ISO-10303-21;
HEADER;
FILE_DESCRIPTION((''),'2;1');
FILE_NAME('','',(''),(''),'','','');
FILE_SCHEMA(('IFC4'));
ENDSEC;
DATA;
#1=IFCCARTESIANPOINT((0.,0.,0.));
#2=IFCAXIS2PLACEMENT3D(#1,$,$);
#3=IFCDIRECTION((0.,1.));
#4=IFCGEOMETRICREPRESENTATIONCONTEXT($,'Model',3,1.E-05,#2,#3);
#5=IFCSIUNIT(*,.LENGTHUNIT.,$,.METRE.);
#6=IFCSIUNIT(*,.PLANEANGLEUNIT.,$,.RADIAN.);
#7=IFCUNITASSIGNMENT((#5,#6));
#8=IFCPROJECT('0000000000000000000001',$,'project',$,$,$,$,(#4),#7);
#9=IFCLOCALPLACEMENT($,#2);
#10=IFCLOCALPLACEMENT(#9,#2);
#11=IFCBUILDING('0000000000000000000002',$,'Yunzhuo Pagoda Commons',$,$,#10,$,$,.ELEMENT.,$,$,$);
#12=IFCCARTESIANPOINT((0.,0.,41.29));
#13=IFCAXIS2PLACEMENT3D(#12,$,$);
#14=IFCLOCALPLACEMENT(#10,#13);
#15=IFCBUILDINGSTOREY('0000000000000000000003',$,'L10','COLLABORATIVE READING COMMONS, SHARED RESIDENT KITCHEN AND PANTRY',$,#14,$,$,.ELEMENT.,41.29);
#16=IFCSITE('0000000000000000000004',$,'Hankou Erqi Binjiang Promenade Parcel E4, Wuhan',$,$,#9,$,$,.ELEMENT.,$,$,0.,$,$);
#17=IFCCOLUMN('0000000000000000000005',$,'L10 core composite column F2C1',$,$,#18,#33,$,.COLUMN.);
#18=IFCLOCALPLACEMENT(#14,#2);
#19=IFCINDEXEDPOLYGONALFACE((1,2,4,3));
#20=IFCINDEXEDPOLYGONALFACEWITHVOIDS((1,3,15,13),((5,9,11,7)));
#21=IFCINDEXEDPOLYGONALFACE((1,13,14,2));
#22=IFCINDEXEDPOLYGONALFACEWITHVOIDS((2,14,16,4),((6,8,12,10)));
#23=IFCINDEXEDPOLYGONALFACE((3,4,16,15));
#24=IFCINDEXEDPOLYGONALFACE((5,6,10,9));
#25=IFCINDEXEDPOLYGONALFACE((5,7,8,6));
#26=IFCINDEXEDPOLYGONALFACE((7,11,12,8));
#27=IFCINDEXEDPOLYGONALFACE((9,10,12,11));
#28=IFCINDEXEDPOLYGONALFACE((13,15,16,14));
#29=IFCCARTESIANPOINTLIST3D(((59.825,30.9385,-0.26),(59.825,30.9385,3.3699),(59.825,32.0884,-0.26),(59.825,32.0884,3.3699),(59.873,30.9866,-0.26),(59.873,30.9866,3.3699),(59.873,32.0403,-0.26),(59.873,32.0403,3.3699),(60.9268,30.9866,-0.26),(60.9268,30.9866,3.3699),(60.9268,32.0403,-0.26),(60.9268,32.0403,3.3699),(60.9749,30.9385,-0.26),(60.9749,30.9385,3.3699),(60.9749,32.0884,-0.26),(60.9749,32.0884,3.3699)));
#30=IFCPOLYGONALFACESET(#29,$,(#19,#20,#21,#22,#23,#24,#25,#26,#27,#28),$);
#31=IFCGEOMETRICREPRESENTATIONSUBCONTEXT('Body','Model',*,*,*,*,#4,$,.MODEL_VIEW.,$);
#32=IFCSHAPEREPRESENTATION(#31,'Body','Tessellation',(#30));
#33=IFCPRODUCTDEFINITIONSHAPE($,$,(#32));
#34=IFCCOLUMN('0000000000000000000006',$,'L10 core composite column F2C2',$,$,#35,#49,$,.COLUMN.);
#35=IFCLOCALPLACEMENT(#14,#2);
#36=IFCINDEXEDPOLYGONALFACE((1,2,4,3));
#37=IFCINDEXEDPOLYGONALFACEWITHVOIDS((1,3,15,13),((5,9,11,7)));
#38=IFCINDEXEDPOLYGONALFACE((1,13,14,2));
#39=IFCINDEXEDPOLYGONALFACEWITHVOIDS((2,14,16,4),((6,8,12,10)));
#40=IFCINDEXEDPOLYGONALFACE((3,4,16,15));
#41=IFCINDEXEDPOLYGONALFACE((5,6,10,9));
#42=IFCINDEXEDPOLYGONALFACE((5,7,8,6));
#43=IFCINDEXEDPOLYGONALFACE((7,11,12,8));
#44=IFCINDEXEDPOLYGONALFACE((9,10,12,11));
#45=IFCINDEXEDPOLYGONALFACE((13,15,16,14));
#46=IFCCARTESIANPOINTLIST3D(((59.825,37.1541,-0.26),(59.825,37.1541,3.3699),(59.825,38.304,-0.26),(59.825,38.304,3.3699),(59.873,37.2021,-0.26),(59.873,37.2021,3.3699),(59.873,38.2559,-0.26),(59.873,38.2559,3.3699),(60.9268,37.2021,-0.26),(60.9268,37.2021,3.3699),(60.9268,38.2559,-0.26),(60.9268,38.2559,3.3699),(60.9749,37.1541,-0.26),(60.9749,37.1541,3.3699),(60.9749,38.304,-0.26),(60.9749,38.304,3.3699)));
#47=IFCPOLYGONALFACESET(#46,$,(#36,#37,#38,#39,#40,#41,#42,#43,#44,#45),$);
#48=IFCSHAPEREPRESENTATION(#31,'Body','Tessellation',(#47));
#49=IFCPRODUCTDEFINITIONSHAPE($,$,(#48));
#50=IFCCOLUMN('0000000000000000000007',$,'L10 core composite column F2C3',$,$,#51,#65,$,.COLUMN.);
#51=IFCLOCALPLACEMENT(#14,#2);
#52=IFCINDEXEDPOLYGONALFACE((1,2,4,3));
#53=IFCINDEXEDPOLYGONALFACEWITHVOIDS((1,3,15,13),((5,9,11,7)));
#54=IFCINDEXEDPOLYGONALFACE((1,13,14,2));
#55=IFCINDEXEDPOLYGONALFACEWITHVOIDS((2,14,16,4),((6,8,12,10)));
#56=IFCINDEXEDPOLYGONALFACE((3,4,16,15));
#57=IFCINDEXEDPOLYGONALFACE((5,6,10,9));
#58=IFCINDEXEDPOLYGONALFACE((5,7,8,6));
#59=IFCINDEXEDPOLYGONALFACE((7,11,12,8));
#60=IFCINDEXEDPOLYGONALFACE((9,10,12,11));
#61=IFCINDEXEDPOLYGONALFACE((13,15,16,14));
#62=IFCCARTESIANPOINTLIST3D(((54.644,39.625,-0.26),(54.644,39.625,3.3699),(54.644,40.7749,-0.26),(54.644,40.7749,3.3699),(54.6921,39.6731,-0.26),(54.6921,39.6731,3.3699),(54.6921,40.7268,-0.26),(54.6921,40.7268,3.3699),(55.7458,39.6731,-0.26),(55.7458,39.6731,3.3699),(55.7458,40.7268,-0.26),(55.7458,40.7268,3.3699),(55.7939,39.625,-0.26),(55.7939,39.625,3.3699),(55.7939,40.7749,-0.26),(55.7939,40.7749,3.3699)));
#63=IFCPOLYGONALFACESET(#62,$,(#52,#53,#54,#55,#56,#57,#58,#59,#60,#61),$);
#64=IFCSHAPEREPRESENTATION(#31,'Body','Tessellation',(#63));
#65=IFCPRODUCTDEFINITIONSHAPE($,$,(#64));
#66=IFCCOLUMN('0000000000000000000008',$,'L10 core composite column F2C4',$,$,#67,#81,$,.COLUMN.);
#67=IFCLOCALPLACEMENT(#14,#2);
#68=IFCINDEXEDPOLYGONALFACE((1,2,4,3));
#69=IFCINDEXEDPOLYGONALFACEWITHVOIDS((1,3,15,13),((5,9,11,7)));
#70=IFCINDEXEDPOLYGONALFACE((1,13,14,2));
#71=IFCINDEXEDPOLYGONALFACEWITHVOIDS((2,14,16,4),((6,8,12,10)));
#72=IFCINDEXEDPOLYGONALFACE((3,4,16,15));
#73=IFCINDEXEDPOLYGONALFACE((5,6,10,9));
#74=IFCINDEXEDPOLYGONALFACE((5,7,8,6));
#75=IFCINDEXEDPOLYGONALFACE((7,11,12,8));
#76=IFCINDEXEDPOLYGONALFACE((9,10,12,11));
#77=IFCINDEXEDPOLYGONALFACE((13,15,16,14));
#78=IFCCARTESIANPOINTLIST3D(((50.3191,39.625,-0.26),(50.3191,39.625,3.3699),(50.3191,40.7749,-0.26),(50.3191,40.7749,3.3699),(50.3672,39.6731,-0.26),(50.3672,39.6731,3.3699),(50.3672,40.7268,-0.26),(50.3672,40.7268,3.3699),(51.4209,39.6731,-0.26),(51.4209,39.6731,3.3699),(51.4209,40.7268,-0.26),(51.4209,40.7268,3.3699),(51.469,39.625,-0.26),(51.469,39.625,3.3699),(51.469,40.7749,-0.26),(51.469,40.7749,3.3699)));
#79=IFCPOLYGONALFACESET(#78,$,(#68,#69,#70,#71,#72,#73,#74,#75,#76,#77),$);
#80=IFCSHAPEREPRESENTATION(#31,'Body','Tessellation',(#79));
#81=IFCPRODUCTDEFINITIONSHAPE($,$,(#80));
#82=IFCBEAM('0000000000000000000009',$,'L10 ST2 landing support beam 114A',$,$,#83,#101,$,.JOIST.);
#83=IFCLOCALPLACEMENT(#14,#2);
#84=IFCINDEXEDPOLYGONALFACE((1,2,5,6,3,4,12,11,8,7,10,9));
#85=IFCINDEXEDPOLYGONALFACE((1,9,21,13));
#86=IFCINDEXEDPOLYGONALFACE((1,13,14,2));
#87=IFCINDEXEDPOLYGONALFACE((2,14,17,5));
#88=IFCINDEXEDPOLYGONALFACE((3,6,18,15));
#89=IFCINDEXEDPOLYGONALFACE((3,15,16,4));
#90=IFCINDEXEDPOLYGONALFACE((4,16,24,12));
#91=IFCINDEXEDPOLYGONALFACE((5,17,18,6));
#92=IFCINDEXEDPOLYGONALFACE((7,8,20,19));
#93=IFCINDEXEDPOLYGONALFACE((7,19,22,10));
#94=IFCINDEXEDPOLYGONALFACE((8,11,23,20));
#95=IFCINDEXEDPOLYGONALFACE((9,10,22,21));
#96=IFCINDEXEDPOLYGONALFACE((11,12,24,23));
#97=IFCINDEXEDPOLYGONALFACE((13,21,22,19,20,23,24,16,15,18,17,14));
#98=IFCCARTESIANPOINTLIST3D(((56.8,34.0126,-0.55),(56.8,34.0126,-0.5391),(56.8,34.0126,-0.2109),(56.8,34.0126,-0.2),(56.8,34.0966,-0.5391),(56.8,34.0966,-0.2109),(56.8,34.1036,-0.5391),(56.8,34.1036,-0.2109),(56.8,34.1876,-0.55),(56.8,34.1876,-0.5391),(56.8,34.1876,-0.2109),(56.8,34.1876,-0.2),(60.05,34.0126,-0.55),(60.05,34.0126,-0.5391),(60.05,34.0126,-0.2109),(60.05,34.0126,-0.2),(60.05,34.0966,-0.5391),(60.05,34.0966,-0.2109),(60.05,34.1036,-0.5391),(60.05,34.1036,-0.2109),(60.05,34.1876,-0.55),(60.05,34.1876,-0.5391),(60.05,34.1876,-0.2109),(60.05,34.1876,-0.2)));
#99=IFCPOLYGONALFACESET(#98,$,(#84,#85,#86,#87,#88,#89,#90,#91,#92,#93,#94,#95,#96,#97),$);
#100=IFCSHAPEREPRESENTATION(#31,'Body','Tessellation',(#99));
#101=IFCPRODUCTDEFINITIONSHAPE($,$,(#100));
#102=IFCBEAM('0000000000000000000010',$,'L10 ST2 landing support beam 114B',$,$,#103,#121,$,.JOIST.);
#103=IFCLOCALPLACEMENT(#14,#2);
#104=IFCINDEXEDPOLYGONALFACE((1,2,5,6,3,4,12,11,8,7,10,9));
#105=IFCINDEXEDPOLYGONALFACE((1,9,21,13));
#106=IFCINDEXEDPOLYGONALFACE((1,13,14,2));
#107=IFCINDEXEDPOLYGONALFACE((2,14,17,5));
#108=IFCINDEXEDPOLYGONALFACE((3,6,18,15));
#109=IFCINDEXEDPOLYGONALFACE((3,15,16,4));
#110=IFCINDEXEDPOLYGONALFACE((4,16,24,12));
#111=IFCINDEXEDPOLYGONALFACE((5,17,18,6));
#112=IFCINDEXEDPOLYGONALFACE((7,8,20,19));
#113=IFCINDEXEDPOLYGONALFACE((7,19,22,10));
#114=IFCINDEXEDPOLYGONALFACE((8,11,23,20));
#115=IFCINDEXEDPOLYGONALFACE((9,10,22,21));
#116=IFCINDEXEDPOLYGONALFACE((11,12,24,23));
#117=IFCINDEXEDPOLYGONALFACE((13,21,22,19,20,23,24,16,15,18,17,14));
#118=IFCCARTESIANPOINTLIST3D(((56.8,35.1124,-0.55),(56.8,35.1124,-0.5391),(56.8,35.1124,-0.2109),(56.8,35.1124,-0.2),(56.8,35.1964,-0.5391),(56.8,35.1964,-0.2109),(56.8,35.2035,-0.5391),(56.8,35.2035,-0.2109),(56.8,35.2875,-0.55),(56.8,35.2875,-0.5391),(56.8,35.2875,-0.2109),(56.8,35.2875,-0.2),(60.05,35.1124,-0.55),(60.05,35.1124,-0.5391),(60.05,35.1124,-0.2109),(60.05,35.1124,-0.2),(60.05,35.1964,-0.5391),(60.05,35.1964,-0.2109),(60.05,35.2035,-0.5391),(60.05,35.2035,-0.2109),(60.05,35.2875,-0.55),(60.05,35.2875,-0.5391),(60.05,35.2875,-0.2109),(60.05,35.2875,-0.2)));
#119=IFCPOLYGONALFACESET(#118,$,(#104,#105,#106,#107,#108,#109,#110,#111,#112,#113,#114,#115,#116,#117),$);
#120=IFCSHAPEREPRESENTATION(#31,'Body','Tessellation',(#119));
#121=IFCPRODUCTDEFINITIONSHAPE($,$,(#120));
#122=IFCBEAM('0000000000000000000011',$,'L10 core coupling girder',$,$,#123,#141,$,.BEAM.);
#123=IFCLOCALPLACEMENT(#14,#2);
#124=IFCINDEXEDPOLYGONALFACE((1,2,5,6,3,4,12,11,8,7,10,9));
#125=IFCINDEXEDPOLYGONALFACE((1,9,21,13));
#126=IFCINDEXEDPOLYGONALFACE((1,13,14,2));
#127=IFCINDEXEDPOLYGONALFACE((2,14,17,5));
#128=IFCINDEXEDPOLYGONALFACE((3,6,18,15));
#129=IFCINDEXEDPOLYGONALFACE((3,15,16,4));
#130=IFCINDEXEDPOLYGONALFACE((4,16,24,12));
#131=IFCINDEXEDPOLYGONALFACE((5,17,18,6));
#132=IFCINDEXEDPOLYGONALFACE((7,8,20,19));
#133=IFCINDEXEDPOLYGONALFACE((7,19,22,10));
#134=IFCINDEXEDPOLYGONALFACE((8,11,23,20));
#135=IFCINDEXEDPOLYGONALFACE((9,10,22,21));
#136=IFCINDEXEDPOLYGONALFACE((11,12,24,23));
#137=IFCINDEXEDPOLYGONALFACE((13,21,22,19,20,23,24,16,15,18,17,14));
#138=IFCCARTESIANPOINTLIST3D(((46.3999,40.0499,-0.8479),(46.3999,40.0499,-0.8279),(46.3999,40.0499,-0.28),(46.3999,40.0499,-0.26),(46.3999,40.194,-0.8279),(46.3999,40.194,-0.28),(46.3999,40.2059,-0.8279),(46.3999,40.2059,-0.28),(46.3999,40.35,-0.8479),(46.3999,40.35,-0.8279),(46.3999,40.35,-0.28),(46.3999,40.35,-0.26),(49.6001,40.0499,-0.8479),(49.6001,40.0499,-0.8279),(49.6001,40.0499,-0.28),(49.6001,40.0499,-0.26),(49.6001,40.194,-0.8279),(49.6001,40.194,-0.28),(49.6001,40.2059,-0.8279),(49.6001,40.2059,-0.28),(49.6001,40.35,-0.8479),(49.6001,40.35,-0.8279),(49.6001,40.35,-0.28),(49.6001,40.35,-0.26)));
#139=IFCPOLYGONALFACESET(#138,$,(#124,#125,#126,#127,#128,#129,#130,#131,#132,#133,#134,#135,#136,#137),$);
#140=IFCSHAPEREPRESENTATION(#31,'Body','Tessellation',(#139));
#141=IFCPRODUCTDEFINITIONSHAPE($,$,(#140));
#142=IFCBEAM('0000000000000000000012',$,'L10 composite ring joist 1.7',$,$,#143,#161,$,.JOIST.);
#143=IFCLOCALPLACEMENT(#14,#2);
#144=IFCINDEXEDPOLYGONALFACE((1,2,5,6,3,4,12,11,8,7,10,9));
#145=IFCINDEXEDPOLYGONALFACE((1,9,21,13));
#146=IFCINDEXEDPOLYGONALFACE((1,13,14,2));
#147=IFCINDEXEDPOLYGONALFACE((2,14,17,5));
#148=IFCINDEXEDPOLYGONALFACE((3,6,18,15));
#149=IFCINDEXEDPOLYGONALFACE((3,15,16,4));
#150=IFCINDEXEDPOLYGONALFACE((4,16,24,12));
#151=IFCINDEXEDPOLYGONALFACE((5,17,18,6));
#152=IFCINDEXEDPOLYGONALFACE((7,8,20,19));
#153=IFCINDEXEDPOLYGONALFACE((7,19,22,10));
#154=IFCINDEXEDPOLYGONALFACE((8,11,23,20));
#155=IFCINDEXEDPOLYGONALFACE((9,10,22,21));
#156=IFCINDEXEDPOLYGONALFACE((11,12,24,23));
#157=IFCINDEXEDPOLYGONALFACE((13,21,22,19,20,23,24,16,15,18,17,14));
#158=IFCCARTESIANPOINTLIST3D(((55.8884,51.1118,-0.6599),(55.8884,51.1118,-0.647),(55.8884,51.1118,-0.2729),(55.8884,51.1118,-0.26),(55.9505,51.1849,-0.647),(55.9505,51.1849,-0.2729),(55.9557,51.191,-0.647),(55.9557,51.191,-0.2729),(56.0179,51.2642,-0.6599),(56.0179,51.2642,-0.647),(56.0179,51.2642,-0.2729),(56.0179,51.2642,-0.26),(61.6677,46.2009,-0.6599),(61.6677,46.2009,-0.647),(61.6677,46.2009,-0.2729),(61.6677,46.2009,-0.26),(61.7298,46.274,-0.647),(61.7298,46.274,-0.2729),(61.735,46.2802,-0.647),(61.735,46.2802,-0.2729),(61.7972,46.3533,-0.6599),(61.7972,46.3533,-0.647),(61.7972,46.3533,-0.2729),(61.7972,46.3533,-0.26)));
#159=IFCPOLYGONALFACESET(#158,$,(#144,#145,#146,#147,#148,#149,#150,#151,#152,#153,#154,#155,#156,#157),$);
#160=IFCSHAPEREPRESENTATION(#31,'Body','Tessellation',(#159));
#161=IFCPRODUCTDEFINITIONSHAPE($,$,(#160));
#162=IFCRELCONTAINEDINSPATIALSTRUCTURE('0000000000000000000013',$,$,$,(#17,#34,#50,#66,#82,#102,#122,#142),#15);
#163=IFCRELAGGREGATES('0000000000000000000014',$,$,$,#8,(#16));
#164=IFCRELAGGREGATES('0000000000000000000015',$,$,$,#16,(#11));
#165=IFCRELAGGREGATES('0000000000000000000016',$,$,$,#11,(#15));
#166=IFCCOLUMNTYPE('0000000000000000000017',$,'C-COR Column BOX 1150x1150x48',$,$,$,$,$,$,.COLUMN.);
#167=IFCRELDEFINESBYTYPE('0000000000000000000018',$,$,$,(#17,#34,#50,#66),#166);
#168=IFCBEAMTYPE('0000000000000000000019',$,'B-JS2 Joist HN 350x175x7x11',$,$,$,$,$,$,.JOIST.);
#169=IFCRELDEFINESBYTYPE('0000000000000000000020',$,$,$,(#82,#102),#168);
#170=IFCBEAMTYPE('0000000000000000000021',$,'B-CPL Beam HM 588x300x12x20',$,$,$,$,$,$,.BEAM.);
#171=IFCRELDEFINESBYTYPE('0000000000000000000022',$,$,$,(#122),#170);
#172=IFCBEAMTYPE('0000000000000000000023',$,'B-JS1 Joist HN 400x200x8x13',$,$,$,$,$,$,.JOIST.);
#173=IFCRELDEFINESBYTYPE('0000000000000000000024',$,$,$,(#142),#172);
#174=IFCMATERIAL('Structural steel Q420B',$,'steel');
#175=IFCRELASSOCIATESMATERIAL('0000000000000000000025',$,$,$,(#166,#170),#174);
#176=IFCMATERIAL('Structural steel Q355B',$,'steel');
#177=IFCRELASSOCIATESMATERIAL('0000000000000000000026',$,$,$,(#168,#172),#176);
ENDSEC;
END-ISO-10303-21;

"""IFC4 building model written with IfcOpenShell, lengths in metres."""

from ifc_helpers import new_model, si_unit, direction, frame, origin, origin_2d, place, context, subcontext, project, spatial, hollow_rectangle, i_section, extrude, source, transform, mapped, material, material_profile, profile_set, type_object, element, save


model = new_model("IFC4")

# Units and contexts
model_context = context("Model", 3, precision=1e-05, world=origin(), true_north=direction((0.0, 1.0)))
body_context = subcontext(model_context, "Body", "Model", "MODEL_VIEW")
ifc_project = project(units=[si_unit("LENGTHUNIT", "METRE"), si_unit("PLANEANGLEUNIT", "RADIAN")], contexts=[model_context])

# Site, building, storey
site_placement = place(None, origin())
site = spatial("IfcSite", under=ifc_project, at=site_placement, Name="Hankou Erqi Binjiang Promenade Parcel E4, Wuhan", CompositionType="ELEMENT", RefElevation=0.0)
building_placement = place(site_placement, origin())
building = spatial("IfcBuilding", under=site, at=building_placement, Name="Yunzhuo Pagoda Commons", CompositionType="ELEMENT")
storey_placement = place(building_placement, frame((0.0, 0.0, 41.29)))
storey = spatial("IfcBuildingStorey", under=building, at=storey_placement, Name="L10", Description="COLLABORATIVE READING COMMONS, SHARED RESIDENT KITCHEN AND PANTRY", CompositionType="ELEMENT", Elevation=41.29)

# Columns
ifc_material_1 = material(Name="Structural steel Q420B", Category="steel")
ifc_material_profile_1 = material_profile(ifc_material_1, hollow_rectangle(XDim=1.1499, YDim=1.1499, WallThickness=0.0481, at=origin_2d()), Name="Structural steel Q420B")
ifc_profile_set_1 = profile_set([ifc_material_profile_1], Name="Structural steel Q420B")
column_type = type_object("IfcColumnType", Name="C-COR Column BOX 1150x1150x48", PredefinedType="COLUMN", material=ifc_profile_set_1)
shared_shape_1 = source(origin(), body_context, "Body", "SweptSolid", [
    extrude(hollow_rectangle(XDim=1.1499, YDim=1.1499, WallThickness=0.0481, at=origin_2d()), origin(), (0.0, 0.0, 1.0), 3.6299),
])
for number, where, z_axis, x_axis, name in (
    (1, (60.3999, 31.5134, -0.26), (0.0, 0.0, 1.0), (1.0, 0.0, 0.0), "L10 core composite column F2C1"),
    (2, (60.3999, 37.729, -0.26), (0.0, 0.0, 1.0), (1.0, 0.0, 0.0), "L10 core composite column F2C2"),
    (3, (55.219, 40.2, -0.26), (0.0, 0.0, 1.0), (1.0, 0.0, 0.0), "L10 core composite column F2C3"),
    (4, (50.894, 40.2, -0.26), (0.0, 0.0, 1.0), (1.0, 0.0, 0.0), "L10 core composite column F2C4"),
):
    element("IfcColumn", number, at=place(storey_placement, frame(where, z_axis=z_axis, x_axis=x_axis)), inside=storey, type_object=column_type, Name=name, PredefinedType="COLUMN", context=body_context, shape_type="MappedRepresentation", body=[
        mapped(shared_shape_1, transform((0.0, 0.0, 0.0), scale=1.0)),
    ])

# Beams
ifc_material_2 = material(Name="Structural steel Q355B", Category="steel")
ifc_material_profile_2 = material_profile(ifc_material_2, i_section(OverallWidth=0.175, OverallDepth=0.3501, WebThickness=0.0071, FlangeThickness=0.011, at=origin_2d()), Name="Structural steel Q355B")
ifc_profile_set_2 = profile_set([ifc_material_profile_2], Name="Structural steel Q355B")
beam_type_1 = type_object("IfcBeamType", Name="B-JS2 Joist HN 350x175x7x11", PredefinedType="JOIST", material=ifc_profile_set_2)
shared_shape_2 = source(origin(), body_context, "Body", "SweptSolid", [
    extrude(i_section(OverallWidth=0.175, OverallDepth=0.3501, WebThickness=0.0071, FlangeThickness=0.011, at=origin_2d()), origin(), (0.0, 0.0, 1.0), 3.25),
])
for number, where, z_axis, x_axis, name in (
    (5, (56.8, 34.1001, -0.375), (1.0, 0.0, 0.0), (0.0, 1.0, 0.0), "L10 ST2 landing support beam 114A"),
    (6, (56.8, 35.2, -0.375), (1.0, 0.0, 0.0), (0.0, 1.0, 0.0), "L10 ST2 landing support beam 114B"),
):
    element("IfcBeam", number, at=place(storey_placement, frame(where, z_axis=z_axis, x_axis=x_axis)), inside=storey, type_object=beam_type_1, Name=name, PredefinedType="JOIST", context=body_context, shape_type="MappedRepresentation", body=[
        mapped(shared_shape_2, transform((0.0, 0.0, 0.0), scale=1.0)),
    ])
ifc_material_profile_3 = material_profile(ifc_material_1, i_section(OverallWidth=0.3, OverallDepth=0.5879, WebThickness=0.012, FlangeThickness=0.02, at=origin_2d()), Name="Structural steel Q420B")
ifc_profile_set_3 = profile_set([ifc_material_profile_3], Name="Structural steel Q420B")
beam_type_2 = type_object("IfcBeamType", Name="B-CPL Beam HM 588x300x12x20", PredefinedType="BEAM", material=ifc_profile_set_3)
shared_shape_3 = source(origin(), body_context, "Body", "SweptSolid", [
    extrude(i_section(OverallWidth=0.3, OverallDepth=0.5879, WebThickness=0.012, FlangeThickness=0.02, at=origin_2d()), origin(), (0.0, 0.0, 1.0), 3.2002),
])
beam_1_placement = place(storey_placement, frame((46.3999, 40.2, -0.554), z_axis=(1.0, 0.0, 0.0), x_axis=(0.0, 1.0, 0.0)))
element("IfcBeam", 7, at=beam_1_placement, inside=storey, type_object=beam_type_2, Name="L10 core coupling girder", PredefinedType="BEAM", context=body_context, shape_type="MappedRepresentation", body=[
    mapped(shared_shape_3, transform((0.0, 0.0, 0.0), scale=1.0)),
])
ifc_material_profile_4 = material_profile(ifc_material_2, i_section(OverallWidth=0.2, OverallDepth=0.3999, WebThickness=0.0081, FlangeThickness=0.0129, at=origin_2d()), Name="Structural steel Q355B")
ifc_profile_set_4 = profile_set([ifc_material_profile_4], Name="Structural steel Q355B")
beam_type_3 = type_object("IfcBeamType", Name="B-JS1 Joist HN 400x200x8x13", PredefinedType="JOIST", material=ifc_profile_set_4)
shared_shape_4 = source(origin(), body_context, "Body", "SweptSolid", [
    extrude(i_section(OverallWidth=0.2, OverallDepth=0.3999, WebThickness=0.0081, FlangeThickness=0.0129, at=origin_2d()), origin(), (0.0, 0.0, 1.0), 7.584),
])
beam_2_placement = place(storey_placement, frame((61.7324, 46.2771, -0.46), z_axis=(-0.762038, 0.647533, 0.0), x_axis=(-0.647533, -0.762038, 0.0)))
element("IfcBeam", 8, at=beam_2_placement, inside=storey, type_object=beam_type_3, Name="L10 composite ring joist 1.7", PredefinedType="JOIST", context=body_context, shape_type="MappedRepresentation", body=[
    mapped(shared_shape_4, transform((0.0, 0.0, 0.0), scale=1.0)),
])

save(model, "model.ifc")
